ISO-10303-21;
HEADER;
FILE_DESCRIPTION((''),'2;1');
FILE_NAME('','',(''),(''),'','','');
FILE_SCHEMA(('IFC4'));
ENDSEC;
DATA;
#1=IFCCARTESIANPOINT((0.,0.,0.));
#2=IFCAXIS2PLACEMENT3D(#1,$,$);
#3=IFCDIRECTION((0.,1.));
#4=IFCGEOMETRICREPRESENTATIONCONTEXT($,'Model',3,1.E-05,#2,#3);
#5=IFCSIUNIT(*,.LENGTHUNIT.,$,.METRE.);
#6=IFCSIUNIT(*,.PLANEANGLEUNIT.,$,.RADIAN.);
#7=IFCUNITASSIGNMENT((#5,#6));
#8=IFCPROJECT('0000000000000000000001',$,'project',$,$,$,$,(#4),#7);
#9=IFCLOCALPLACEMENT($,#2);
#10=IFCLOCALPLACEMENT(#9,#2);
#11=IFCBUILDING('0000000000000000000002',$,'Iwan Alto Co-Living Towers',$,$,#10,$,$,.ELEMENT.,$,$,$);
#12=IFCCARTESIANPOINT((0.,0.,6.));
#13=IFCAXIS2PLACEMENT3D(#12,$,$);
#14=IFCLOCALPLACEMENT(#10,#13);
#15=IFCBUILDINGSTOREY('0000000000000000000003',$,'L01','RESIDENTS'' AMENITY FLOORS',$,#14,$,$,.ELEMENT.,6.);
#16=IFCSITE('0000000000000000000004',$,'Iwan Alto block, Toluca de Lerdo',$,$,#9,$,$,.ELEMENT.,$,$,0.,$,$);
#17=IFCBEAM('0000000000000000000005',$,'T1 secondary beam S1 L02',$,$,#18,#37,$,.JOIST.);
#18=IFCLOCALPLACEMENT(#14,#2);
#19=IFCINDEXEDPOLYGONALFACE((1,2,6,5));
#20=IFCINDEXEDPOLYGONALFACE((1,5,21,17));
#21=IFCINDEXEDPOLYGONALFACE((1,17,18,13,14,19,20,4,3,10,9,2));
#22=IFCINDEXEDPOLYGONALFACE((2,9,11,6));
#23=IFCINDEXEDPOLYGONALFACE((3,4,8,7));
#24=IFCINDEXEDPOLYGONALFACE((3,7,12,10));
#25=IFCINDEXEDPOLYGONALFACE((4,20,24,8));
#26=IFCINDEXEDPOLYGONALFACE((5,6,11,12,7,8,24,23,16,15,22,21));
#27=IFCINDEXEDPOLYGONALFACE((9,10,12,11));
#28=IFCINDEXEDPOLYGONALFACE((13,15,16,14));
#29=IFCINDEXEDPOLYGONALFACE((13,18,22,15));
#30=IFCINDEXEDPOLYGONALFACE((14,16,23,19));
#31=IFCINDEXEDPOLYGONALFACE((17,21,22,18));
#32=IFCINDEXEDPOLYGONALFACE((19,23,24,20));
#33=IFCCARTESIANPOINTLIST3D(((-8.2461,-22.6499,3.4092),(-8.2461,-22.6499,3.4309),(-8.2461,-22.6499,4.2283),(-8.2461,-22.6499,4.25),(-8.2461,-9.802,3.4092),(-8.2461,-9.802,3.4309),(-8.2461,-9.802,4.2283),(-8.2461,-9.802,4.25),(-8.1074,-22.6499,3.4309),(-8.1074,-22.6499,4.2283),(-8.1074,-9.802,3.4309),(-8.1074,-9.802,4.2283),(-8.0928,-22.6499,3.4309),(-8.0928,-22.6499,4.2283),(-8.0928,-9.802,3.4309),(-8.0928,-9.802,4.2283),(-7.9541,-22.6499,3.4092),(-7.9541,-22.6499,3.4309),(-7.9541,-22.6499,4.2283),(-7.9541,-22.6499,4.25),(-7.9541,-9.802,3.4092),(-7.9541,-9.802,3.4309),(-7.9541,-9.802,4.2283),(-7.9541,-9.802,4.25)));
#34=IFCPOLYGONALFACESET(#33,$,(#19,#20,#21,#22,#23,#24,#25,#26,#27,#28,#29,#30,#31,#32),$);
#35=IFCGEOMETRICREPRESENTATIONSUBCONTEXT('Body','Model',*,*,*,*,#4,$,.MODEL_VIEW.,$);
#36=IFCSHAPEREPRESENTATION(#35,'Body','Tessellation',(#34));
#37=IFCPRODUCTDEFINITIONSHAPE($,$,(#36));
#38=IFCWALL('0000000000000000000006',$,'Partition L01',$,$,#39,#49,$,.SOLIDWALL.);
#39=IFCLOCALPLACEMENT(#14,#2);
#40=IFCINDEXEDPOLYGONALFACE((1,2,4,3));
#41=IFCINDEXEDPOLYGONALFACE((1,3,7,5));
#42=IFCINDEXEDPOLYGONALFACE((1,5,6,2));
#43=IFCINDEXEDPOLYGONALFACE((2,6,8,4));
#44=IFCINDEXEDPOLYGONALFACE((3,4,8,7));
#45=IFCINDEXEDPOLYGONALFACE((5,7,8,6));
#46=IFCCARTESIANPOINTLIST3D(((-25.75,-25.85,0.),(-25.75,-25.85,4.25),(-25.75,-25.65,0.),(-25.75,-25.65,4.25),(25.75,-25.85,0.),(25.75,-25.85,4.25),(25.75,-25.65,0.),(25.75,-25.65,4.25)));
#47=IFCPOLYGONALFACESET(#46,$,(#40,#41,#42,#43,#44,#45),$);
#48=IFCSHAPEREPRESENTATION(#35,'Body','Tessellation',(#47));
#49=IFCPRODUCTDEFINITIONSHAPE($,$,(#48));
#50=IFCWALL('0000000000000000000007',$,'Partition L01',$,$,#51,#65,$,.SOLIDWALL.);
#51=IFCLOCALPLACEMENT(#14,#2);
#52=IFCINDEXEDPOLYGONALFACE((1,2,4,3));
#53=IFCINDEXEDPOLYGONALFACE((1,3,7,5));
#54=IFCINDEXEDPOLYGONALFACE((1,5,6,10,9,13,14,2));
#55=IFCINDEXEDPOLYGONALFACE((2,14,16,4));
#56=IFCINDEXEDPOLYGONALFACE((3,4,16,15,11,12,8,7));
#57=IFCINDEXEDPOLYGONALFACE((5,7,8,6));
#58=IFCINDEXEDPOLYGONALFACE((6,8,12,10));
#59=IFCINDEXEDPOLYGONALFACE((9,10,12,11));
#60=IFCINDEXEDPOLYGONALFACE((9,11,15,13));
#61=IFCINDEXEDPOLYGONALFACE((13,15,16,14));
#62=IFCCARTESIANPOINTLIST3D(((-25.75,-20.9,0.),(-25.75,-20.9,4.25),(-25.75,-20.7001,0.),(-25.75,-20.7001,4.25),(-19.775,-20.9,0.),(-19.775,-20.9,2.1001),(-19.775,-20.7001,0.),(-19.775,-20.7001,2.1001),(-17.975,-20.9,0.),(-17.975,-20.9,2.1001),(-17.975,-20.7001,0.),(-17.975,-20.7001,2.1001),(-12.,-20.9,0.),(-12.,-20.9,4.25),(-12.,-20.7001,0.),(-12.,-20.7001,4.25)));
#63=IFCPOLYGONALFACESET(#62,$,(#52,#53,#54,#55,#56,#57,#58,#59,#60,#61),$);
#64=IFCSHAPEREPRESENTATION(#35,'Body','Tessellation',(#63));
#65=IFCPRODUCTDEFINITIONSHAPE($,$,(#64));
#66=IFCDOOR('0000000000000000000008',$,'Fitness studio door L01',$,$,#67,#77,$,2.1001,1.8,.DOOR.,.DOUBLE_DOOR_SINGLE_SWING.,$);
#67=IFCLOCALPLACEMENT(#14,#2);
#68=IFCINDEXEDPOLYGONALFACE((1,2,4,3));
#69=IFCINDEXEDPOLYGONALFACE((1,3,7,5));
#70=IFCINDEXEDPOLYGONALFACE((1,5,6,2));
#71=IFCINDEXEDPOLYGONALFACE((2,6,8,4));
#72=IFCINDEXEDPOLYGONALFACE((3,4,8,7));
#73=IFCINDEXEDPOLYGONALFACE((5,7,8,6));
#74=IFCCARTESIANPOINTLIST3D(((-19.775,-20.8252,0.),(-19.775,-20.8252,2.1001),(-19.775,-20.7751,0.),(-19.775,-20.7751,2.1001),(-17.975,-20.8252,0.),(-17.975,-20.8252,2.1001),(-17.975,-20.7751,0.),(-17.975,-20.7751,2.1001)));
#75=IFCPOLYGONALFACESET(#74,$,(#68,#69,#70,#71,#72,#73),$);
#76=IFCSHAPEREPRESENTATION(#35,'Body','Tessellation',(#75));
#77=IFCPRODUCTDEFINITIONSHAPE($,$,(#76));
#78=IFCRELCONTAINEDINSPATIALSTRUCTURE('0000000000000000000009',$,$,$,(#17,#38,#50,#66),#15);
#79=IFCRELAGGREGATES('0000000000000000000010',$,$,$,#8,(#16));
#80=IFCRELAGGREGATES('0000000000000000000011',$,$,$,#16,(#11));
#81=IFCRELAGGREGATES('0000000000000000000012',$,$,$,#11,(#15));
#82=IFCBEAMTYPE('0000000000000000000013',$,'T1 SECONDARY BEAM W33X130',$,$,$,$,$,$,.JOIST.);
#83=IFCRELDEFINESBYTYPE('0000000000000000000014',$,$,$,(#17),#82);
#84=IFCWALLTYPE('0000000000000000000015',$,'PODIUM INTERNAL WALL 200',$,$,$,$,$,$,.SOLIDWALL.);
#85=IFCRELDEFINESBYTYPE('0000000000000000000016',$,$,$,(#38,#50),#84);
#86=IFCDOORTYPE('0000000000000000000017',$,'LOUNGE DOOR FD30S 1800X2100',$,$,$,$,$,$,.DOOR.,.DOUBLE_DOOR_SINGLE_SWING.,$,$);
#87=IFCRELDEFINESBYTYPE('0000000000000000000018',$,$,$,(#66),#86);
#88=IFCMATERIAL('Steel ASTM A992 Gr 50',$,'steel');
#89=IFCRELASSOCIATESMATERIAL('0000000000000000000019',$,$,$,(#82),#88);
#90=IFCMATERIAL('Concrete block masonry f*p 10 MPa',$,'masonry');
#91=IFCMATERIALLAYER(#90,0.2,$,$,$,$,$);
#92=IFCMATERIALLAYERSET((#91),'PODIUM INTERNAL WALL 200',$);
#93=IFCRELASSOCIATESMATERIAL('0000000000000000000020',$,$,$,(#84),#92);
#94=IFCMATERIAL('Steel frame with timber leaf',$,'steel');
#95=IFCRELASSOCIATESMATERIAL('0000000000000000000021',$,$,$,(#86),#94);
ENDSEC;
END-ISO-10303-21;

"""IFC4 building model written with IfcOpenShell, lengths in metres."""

from ifc_helpers import new_model, si_unit, direction, frame, frame_2d, origin, origin_2d, place, context, subcontext, project, spatial, rectangle, i_section, extrude, material, layer, layer_set, material_profile, profile_set, type_object, element, fill, save


model = new_model("IFC4")

# Units and contexts
model_context = context("Model", 3, precision=1e-05, world=origin(), true_north=direction((0.0, 1.0)))
body_context = subcontext(model_context, "Body", "Model", "MODEL_VIEW")
ifc_project = project(units=[si_unit("LENGTHUNIT", "METRE"), si_unit("PLANEANGLEUNIT", "RADIAN")], contexts=[model_context])

# Site, building, storey
site_placement = place(None, origin())
site = spatial("IfcSite", under=ifc_project, at=site_placement, Name="Iwan Alto block, Toluca de Lerdo", CompositionType="ELEMENT", RefElevation=0.0)
building_placement = place(site_placement, origin())
building = spatial("IfcBuilding", under=site, at=building_placement, Name="Iwan Alto Co-Living Towers", CompositionType="ELEMENT")
storey_placement = place(building_placement, frame((0.0, 0.0, 6.0)))
storey = spatial("IfcBuildingStorey", under=building, at=storey_placement, Name="L01", Description="RESIDENTS' AMENITY FLOORS", CompositionType="ELEMENT", Elevation=6.0)

# Beam
ifc_material_1 = material(Name="Steel ASTM A992 Gr 50", Category="steel")
ifc_material_profile_1 = material_profile(ifc_material_1, i_section(OverallWidth=0.292, OverallDepth=0.8408, WebThickness=0.0146, FlangeThickness=0.0217, at=origin_2d()), Name="W33X130")
ifc_profile_set_1 = profile_set([ifc_material_profile_1], Name="Steel ASTM A992 Gr 50")
beam_type_1 = type_object("IfcBeamType", Name="T1 SECONDARY BEAM W33X130", PredefinedType="JOIST", material=ifc_profile_set_1)
beam_1_placement = place(storey_placement, frame((-8.1001, -22.6499, 3.8296), z_axis=(0.0, 1.0, 0.0), x_axis=(-1.0, 0.0, 0.0)))
element("IfcBeam", 1, at=beam_1_placement, inside=storey, type_object=beam_type_1, Name="T1 secondary beam S1 L02", PredefinedType="JOIST", context=body_context, shape_type="SweptSolid", body=[
    extrude(i_section(OverallWidth=0.292, OverallDepth=0.8408, WebThickness=0.0146, FlangeThickness=0.0217, at=origin_2d()), origin(), (0.0, 0.0, 1.0), 12.8479),
])

# Wall
ifc_material_2 = material(Name="Concrete block masonry f*p 10 MPa", Category="masonry")
ifc_layer = layer(ifc_material_2, 0.2)
ifc_layer_set = layer_set([ifc_layer], Name="PODIUM INTERNAL WALL 200")
wall_type = type_object("IfcWallType", Name="PODIUM INTERNAL WALL 200", PredefinedType="SOLIDWALL", material=ifc_layer_set)
wall_1_placement = place(storey_placement, frame((-25.75, -25.75, 0.0), z_axis=(0.0, 0.0, 1.0), x_axis=(1.0, 0.0, 0.0)))
element("IfcWall", 2, at=wall_1_placement, inside=storey, type_object=wall_type, Name="Partition L01", PredefinedType="SOLIDWALL", context=body_context, shape_type="SweptSolid", body=[
    extrude(rectangle(XDim=51.5, YDim=0.2, at=frame_2d((25.75, 0.0))), origin(), (0.0, 0.0, 1.0), 4.25),
])

# Wall, opening, door
wall_2_placement = place(storey_placement, frame((-25.75, -20.8, 0.0), z_axis=(0.0, 0.0, 1.0), x_axis=(1.0, 0.0, 0.0)))
wall_2 = element("IfcWall", 3, at=wall_2_placement, inside=storey, type_object=wall_type, Name="Partition L01", PredefinedType="SOLIDWALL", context=body_context, shape_type="SweptSolid", body=[
    extrude(rectangle(XDim=13.75, YDim=0.2, at=frame_2d((6.875, 0.0))), origin(), (0.0, 0.0, 1.0), 4.25),
])
opening_1_placement = place(wall_2_placement, frame((5.9751, 0.0, 0.0)))
opening_1 = element("IfcOpeningElement", 4, at=opening_1_placement, cuts=wall_2, PredefinedType="OPENING", context=body_context, shape_type="SweptSolid", body=[
    extrude(rectangle(XDim=1.8, YDim=2.1001, at=frame_2d((0.8999, 1.05))), frame((0.0, 0.1099, 0.0), z_axis=(0.0, -1.0, 0.0), x_axis=(1.0, 0.0, 0.0)), (0.0, 0.0, 1.0), 0.22),
])
ifc_material_3 = material(Name="Steel frame with timber leaf", Category="steel")
door_type_1 = type_object("IfcDoorType", Name="LOUNGE DOOR FD30S 1800X2100", OperationType="DOUBLE_DOOR_SINGLE_SWING", PredefinedType="DOOR", material=ifc_material_3)
door_1_placement = place(opening_1_placement, origin())
door_1 = element("IfcDoor", 5, at=door_1_placement, inside=storey, type_object=door_type_1, Name="Fitness studio door L01", OperationType="DOUBLE_DOOR_SINGLE_SWING", OverallHeight=2.1001, OverallWidth=1.8, PredefinedType="DOOR", context=body_context, shape_type="SweptSolid", body=[
    extrude(rectangle(XDim=1.8, YDim=2.1001, at=frame_2d((0.8999, 1.05))), frame((0.0, 0.0249, 0.0), z_axis=(0.0, -1.0, 0.0), x_axis=(1.0, 0.0, 0.0)), (0.0, 0.0, 1.0), 0.05),
])
fill(opening_1, door_1)

save(model, "model.ifc")
